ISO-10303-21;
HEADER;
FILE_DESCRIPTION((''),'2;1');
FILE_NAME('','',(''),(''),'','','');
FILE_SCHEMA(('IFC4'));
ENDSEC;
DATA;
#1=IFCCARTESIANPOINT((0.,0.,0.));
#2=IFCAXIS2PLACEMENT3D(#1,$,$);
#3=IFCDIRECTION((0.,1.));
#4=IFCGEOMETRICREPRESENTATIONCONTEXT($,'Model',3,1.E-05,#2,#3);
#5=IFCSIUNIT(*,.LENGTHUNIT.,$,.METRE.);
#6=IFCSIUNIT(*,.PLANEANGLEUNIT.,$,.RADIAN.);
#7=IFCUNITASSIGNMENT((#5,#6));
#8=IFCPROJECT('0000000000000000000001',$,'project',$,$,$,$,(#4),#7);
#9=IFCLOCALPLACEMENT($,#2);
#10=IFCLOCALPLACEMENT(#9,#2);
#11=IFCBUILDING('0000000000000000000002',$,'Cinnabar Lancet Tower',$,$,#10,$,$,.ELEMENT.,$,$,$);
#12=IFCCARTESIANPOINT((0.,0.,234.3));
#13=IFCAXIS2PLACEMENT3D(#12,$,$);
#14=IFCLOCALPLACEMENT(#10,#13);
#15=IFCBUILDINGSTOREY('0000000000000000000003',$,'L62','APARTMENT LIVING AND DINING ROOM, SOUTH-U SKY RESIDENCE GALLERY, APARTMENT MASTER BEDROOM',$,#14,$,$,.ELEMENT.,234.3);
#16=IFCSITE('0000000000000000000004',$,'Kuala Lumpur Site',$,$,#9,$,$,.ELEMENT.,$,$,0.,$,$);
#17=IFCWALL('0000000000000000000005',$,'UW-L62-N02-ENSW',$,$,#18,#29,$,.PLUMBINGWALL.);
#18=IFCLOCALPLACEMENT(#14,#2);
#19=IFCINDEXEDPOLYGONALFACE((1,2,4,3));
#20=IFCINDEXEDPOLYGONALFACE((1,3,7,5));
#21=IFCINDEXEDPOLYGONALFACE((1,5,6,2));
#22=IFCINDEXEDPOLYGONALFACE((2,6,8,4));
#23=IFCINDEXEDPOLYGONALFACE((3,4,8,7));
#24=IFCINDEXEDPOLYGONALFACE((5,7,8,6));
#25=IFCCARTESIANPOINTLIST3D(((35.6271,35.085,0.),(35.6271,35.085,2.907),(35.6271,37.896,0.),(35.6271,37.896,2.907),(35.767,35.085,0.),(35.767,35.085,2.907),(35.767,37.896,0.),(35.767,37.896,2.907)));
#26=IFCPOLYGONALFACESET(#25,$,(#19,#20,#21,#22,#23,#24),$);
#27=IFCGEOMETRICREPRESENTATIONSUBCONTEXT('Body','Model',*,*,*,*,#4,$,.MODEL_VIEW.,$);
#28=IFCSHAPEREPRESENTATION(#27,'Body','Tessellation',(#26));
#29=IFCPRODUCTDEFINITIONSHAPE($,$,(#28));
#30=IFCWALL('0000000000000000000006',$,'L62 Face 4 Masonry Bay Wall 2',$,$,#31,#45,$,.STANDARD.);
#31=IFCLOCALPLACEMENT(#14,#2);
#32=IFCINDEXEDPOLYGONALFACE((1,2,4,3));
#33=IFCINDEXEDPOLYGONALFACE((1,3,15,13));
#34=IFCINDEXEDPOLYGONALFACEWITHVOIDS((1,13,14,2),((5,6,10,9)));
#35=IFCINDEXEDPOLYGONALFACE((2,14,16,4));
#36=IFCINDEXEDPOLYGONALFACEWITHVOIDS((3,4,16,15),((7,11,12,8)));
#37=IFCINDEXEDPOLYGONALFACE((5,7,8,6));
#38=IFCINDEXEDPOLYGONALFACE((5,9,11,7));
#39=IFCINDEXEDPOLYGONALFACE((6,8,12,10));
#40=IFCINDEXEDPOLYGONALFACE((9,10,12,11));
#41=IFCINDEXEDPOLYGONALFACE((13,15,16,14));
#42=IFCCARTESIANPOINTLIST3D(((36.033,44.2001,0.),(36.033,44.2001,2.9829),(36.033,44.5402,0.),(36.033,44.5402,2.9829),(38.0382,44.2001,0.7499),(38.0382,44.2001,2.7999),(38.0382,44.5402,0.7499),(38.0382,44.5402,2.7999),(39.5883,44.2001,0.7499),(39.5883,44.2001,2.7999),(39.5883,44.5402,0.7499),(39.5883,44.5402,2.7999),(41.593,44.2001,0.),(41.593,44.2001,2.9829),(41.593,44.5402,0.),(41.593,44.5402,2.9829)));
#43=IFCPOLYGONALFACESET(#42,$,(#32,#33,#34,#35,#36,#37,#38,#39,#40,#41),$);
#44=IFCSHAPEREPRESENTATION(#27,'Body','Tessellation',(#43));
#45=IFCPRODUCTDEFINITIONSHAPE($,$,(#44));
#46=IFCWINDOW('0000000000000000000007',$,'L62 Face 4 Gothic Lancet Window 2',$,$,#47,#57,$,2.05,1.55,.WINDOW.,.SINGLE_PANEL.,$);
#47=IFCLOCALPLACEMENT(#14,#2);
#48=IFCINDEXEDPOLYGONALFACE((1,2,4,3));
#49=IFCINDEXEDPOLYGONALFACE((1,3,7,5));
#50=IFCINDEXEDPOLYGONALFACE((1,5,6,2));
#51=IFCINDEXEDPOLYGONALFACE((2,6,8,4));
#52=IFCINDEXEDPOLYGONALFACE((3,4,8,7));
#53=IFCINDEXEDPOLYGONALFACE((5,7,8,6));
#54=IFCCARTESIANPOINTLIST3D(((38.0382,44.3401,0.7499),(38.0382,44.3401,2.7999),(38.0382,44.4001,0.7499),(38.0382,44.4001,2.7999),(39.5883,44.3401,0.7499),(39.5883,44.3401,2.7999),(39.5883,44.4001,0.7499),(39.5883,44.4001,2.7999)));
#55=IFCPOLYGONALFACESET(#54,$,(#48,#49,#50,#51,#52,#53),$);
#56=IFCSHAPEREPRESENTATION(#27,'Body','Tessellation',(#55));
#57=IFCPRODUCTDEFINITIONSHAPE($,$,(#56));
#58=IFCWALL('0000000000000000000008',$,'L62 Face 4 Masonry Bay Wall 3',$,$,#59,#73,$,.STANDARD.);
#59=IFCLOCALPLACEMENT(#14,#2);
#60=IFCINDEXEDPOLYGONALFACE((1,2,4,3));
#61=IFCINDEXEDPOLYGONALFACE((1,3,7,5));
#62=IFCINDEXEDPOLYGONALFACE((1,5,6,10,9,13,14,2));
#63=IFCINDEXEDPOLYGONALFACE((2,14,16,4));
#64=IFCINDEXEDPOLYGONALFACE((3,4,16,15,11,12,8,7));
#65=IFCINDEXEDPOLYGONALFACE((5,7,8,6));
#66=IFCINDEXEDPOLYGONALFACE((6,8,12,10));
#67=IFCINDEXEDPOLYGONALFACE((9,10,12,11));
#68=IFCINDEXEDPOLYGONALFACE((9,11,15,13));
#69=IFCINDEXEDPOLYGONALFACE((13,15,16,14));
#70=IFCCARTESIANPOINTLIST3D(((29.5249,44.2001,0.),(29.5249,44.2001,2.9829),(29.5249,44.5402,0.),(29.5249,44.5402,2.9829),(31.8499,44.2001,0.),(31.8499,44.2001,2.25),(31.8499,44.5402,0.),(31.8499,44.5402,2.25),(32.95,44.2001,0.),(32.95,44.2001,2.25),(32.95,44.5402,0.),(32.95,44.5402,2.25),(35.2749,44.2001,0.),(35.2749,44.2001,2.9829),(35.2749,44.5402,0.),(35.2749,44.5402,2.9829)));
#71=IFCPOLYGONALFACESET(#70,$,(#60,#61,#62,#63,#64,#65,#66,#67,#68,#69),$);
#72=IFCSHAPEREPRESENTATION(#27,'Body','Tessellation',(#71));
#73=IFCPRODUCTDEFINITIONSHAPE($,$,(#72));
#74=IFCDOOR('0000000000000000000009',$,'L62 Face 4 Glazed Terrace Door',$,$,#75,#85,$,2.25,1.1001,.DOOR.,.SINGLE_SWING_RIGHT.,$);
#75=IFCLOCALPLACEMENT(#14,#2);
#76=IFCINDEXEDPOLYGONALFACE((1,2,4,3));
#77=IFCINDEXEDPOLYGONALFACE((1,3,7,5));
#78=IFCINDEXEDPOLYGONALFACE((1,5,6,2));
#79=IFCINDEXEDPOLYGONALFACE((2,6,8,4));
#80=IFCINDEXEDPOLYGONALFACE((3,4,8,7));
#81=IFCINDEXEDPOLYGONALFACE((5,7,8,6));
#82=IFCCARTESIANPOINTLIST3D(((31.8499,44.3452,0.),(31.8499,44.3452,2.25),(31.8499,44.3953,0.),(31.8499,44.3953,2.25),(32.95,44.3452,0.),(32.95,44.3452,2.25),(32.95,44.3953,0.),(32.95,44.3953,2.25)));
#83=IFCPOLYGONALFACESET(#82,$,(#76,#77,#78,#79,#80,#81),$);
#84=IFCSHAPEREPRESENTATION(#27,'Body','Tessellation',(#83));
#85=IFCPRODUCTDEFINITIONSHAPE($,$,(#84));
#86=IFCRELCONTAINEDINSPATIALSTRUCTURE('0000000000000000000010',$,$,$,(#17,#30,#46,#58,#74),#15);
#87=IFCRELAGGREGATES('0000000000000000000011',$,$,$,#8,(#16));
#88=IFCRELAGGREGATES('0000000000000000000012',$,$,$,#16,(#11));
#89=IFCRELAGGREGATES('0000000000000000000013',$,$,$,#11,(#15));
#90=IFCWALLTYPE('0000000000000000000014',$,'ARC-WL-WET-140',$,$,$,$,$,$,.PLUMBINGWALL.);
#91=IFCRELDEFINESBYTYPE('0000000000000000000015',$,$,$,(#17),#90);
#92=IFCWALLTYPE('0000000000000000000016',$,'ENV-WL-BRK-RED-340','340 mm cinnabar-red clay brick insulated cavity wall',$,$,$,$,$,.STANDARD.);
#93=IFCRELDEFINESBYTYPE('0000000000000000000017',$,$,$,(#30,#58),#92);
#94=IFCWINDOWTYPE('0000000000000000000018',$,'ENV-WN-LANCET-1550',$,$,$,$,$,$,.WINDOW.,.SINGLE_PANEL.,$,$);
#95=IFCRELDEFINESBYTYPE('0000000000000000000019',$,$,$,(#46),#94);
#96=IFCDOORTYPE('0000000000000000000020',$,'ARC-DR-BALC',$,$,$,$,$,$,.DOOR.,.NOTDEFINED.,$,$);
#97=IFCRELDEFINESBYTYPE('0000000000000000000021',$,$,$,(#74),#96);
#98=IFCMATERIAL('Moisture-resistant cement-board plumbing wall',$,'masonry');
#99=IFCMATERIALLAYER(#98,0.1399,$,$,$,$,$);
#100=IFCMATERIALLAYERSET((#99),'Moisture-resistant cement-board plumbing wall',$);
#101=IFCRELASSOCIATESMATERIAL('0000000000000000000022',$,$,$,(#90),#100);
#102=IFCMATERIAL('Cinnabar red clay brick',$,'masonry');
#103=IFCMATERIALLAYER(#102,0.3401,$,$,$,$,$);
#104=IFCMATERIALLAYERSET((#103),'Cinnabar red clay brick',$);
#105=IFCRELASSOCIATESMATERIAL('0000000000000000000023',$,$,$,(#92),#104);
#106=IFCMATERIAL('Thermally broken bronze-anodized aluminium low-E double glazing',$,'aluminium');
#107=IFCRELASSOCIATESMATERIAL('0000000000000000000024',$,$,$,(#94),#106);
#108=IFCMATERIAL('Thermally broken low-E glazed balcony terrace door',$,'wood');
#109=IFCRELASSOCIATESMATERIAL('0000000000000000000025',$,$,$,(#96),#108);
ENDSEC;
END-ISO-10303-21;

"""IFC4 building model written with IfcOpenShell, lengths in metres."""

from ifc_helpers import new_model, si_unit, direction, frame, frame_2d, origin, place, context, subcontext, project, spatial, rectangle, extrude, material, layer, layer_set, type_object, element, fill, save


model = new_model("IFC4")

# Units and contexts
model_context = context("Model", 3, precision=1e-05, world=origin(), true_north=direction((0.0, 1.0)))
body_context = subcontext(model_context, "Body", "Model", "MODEL_VIEW")
ifc_project = project(units=[si_unit("LENGTHUNIT", "METRE"), si_unit("PLANEANGLEUNIT", "RADIAN")], contexts=[model_context])

# Site, building, storey
site_placement = place(None, origin())
site = spatial("IfcSite", under=ifc_project, at=site_placement, Name="Kuala Lumpur Site", CompositionType="ELEMENT", RefElevation=0.0)
building_placement = place(site_placement, origin())
building = spatial("IfcBuilding", under=site, at=building_placement, Name="Cinnabar Lancet Tower", CompositionType="ELEMENT")
storey_placement = place(building_placement, frame((0.0, 0.0, 234.3)))
storey = spatial("IfcBuildingStorey", under=building, at=storey_placement, Name="L62", Description="APARTMENT LIVING AND DINING ROOM, SOUTH-U SKY RESIDENCE GALLERY, APARTMENT MASTER BEDROOM", CompositionType="ELEMENT", Elevation=234.3)

# Shared definitions
ifc_material_1 = material(Name="Moisture-resistant cement-board plumbing wall", Category="masonry")
ifc_layer_1 = layer(ifc_material_1, 0.1399)
ifc_layer_set_1 = layer_set([ifc_layer_1], Name="Moisture-resistant cement-board plumbing wall")
wall_type_1 = type_object("IfcWallType", Name="ARC-WL-WET-140", PredefinedType="PLUMBINGWALL", material=ifc_layer_set_1)

# Wall
wall_1_placement = place(storey_placement, frame((35.697, 35.085, 0.0), z_axis=(0.0, 0.0, 1.0), x_axis=(0.0, 1.0, 0.0)))
element("IfcWall", 1, at=wall_1_placement, inside=storey, type_object=wall_type_1, Name="UW-L62-N02-ENSW", PredefinedType="PLUMBINGWALL", context=body_context, shape_type="SweptSolid", body=[
    extrude(rectangle(XDim=2.811, YDim=0.1399, at=frame_2d((1.4055, 0.0))), origin(), (0.0, 0.0, 1.0), 2.907),
])

# Wall, opening, window
ifc_material_2 = material(Name="Cinnabar red clay brick", Category="masonry")
ifc_layer_2 = layer(ifc_material_2, 0.3401)
ifc_layer_set_2 = layer_set([ifc_layer_2], Name="Cinnabar red clay brick")
wall_type_2 = type_object("IfcWallType", Name="ENV-WL-BRK-RED-340", Description="340 mm cinnabar-red clay brick insulated cavity wall", PredefinedType="STANDARD", material=ifc_layer_set_2)
wall_2_placement = place(storey_placement, frame((41.593, 44.3701, 0.0), z_axis=(0.0, 0.0, 1.0), x_axis=(-1.0, 0.0, 0.0)))
wall_2 = element("IfcWall", 2, at=wall_2_placement, inside=storey, type_object=wall_type_2, Name="L62 Face 4 Masonry Bay Wall 2", PredefinedType="STANDARD", context=body_context, shape_type="SweptSolid", body=[
    extrude(rectangle(XDim=5.5601, YDim=0.3401, at=frame_2d((2.78, 0.0))), origin(), (0.0, 0.0, 1.0), 2.9829),
])
opening_1_placement = place(wall_2_placement, frame((2.0049, 0.0, 0.75)))
opening_1 = element("IfcOpeningElement", 3, at=opening_1_placement, cuts=wall_2, PredefinedType="OPENING", context=body_context, shape_type="SweptSolid", body=[
    extrude(rectangle(XDim=1.55, YDim=2.05, at=frame_2d((0.7749, 1.0249))), frame((0.0, 0.1799, 0.0), z_axis=(0.0, -1.0, 0.0), x_axis=(1.0, 0.0, 0.0)), (0.0, 0.0, 1.0), 0.3601),
])
ifc_material_3 = material(Name="Thermally broken bronze-anodized aluminium low-E double glazing", Category="aluminium")
window_type = type_object("IfcWindowType", Name="ENV-WN-LANCET-1550", PartitioningType="SINGLE_PANEL", PredefinedType="WINDOW", material=ifc_material_3)
window_placement = place(opening_1_placement, origin())
window = element("IfcWindow", 4, at=window_placement, inside=storey, type_object=window_type, Name="L62 Face 4 Gothic Lancet Window 2", OverallHeight=2.05, OverallWidth=1.55, PartitioningType="SINGLE_PANEL", PredefinedType="WINDOW", context=body_context, shape_type="SweptSolid", body=[
    extrude(rectangle(XDim=1.55, YDim=2.05, at=frame_2d((0.7749, 1.0249))), frame((0.0, 0.03, 0.0), z_axis=(0.0, -1.0, 0.0), x_axis=(1.0, 0.0, 0.0)), (0.0, 0.0, 1.0), 0.0601),
])
fill(opening_1, window)

# Wall, opening, door
wall_3_placement = place(storey_placement, frame((35.2749, 44.3701, 0.0), z_axis=(0.0, 0.0, 1.0), x_axis=(-1.0, 0.0, 0.0)))
wall_3 = element("IfcWall", 5, at=wall_3_placement, inside=storey, type_object=wall_type_2, Name="L62 Face 4 Masonry Bay Wall 3", PredefinedType="STANDARD", context=body_context, shape_type="SweptSolid", body=[
    extrude(rectangle(XDim=5.75, YDim=0.3401, at=frame_2d((2.875, 0.0))), origin(), (0.0, 0.0, 1.0), 2.9829),
])
opening_2_placement = place(wall_3_placement, frame((2.325, 0.0, 0.0)))
opening_2 = element("IfcOpeningElement", 6, at=opening_2_placement, cuts=wall_3, PredefinedType="OPENING", context=body_context, shape_type="SweptSolid", body=[
    extrude(rectangle(XDim=1.1001, YDim=2.25, at=frame_2d((0.55, 1.125))), frame((0.0, 0.1799, 0.0), z_axis=(0.0, -1.0, 0.0), x_axis=(1.0, 0.0, 0.0)), (0.0, 0.0, 1.0), 0.3601),
])
ifc_material_4 = material(Name="Thermally broken low-E glazed balcony terrace door", Category="wood")
door_type_1 = type_object("IfcDoorType", Name="ARC-DR-BALC", OperationType="NOTDEFINED", PredefinedType="DOOR", material=ifc_material_4)
door_1_placement = place(opening_2_placement, origin())
door_1 = element("IfcDoor", 7, at=door_1_placement, inside=storey, type_object=door_type_1, Name="L62 Face 4 Glazed Terrace Door", OperationType="SINGLE_SWING_RIGHT", OverallHeight=2.25, OverallWidth=1.1001, PredefinedType="DOOR", context=body_context, shape_type="SweptSolid", body=[
    extrude(rectangle(XDim=1.1001, YDim=2.25, at=frame_2d((0.55, 1.125))), frame((0.0, 0.0249, 0.0), z_axis=(0.0, -1.0, 0.0), x_axis=(1.0, 0.0, 0.0)), (0.0, 0.0, 1.0), 0.05),
])
fill(opening_2, door_1)

save(model, "model.ifc")
